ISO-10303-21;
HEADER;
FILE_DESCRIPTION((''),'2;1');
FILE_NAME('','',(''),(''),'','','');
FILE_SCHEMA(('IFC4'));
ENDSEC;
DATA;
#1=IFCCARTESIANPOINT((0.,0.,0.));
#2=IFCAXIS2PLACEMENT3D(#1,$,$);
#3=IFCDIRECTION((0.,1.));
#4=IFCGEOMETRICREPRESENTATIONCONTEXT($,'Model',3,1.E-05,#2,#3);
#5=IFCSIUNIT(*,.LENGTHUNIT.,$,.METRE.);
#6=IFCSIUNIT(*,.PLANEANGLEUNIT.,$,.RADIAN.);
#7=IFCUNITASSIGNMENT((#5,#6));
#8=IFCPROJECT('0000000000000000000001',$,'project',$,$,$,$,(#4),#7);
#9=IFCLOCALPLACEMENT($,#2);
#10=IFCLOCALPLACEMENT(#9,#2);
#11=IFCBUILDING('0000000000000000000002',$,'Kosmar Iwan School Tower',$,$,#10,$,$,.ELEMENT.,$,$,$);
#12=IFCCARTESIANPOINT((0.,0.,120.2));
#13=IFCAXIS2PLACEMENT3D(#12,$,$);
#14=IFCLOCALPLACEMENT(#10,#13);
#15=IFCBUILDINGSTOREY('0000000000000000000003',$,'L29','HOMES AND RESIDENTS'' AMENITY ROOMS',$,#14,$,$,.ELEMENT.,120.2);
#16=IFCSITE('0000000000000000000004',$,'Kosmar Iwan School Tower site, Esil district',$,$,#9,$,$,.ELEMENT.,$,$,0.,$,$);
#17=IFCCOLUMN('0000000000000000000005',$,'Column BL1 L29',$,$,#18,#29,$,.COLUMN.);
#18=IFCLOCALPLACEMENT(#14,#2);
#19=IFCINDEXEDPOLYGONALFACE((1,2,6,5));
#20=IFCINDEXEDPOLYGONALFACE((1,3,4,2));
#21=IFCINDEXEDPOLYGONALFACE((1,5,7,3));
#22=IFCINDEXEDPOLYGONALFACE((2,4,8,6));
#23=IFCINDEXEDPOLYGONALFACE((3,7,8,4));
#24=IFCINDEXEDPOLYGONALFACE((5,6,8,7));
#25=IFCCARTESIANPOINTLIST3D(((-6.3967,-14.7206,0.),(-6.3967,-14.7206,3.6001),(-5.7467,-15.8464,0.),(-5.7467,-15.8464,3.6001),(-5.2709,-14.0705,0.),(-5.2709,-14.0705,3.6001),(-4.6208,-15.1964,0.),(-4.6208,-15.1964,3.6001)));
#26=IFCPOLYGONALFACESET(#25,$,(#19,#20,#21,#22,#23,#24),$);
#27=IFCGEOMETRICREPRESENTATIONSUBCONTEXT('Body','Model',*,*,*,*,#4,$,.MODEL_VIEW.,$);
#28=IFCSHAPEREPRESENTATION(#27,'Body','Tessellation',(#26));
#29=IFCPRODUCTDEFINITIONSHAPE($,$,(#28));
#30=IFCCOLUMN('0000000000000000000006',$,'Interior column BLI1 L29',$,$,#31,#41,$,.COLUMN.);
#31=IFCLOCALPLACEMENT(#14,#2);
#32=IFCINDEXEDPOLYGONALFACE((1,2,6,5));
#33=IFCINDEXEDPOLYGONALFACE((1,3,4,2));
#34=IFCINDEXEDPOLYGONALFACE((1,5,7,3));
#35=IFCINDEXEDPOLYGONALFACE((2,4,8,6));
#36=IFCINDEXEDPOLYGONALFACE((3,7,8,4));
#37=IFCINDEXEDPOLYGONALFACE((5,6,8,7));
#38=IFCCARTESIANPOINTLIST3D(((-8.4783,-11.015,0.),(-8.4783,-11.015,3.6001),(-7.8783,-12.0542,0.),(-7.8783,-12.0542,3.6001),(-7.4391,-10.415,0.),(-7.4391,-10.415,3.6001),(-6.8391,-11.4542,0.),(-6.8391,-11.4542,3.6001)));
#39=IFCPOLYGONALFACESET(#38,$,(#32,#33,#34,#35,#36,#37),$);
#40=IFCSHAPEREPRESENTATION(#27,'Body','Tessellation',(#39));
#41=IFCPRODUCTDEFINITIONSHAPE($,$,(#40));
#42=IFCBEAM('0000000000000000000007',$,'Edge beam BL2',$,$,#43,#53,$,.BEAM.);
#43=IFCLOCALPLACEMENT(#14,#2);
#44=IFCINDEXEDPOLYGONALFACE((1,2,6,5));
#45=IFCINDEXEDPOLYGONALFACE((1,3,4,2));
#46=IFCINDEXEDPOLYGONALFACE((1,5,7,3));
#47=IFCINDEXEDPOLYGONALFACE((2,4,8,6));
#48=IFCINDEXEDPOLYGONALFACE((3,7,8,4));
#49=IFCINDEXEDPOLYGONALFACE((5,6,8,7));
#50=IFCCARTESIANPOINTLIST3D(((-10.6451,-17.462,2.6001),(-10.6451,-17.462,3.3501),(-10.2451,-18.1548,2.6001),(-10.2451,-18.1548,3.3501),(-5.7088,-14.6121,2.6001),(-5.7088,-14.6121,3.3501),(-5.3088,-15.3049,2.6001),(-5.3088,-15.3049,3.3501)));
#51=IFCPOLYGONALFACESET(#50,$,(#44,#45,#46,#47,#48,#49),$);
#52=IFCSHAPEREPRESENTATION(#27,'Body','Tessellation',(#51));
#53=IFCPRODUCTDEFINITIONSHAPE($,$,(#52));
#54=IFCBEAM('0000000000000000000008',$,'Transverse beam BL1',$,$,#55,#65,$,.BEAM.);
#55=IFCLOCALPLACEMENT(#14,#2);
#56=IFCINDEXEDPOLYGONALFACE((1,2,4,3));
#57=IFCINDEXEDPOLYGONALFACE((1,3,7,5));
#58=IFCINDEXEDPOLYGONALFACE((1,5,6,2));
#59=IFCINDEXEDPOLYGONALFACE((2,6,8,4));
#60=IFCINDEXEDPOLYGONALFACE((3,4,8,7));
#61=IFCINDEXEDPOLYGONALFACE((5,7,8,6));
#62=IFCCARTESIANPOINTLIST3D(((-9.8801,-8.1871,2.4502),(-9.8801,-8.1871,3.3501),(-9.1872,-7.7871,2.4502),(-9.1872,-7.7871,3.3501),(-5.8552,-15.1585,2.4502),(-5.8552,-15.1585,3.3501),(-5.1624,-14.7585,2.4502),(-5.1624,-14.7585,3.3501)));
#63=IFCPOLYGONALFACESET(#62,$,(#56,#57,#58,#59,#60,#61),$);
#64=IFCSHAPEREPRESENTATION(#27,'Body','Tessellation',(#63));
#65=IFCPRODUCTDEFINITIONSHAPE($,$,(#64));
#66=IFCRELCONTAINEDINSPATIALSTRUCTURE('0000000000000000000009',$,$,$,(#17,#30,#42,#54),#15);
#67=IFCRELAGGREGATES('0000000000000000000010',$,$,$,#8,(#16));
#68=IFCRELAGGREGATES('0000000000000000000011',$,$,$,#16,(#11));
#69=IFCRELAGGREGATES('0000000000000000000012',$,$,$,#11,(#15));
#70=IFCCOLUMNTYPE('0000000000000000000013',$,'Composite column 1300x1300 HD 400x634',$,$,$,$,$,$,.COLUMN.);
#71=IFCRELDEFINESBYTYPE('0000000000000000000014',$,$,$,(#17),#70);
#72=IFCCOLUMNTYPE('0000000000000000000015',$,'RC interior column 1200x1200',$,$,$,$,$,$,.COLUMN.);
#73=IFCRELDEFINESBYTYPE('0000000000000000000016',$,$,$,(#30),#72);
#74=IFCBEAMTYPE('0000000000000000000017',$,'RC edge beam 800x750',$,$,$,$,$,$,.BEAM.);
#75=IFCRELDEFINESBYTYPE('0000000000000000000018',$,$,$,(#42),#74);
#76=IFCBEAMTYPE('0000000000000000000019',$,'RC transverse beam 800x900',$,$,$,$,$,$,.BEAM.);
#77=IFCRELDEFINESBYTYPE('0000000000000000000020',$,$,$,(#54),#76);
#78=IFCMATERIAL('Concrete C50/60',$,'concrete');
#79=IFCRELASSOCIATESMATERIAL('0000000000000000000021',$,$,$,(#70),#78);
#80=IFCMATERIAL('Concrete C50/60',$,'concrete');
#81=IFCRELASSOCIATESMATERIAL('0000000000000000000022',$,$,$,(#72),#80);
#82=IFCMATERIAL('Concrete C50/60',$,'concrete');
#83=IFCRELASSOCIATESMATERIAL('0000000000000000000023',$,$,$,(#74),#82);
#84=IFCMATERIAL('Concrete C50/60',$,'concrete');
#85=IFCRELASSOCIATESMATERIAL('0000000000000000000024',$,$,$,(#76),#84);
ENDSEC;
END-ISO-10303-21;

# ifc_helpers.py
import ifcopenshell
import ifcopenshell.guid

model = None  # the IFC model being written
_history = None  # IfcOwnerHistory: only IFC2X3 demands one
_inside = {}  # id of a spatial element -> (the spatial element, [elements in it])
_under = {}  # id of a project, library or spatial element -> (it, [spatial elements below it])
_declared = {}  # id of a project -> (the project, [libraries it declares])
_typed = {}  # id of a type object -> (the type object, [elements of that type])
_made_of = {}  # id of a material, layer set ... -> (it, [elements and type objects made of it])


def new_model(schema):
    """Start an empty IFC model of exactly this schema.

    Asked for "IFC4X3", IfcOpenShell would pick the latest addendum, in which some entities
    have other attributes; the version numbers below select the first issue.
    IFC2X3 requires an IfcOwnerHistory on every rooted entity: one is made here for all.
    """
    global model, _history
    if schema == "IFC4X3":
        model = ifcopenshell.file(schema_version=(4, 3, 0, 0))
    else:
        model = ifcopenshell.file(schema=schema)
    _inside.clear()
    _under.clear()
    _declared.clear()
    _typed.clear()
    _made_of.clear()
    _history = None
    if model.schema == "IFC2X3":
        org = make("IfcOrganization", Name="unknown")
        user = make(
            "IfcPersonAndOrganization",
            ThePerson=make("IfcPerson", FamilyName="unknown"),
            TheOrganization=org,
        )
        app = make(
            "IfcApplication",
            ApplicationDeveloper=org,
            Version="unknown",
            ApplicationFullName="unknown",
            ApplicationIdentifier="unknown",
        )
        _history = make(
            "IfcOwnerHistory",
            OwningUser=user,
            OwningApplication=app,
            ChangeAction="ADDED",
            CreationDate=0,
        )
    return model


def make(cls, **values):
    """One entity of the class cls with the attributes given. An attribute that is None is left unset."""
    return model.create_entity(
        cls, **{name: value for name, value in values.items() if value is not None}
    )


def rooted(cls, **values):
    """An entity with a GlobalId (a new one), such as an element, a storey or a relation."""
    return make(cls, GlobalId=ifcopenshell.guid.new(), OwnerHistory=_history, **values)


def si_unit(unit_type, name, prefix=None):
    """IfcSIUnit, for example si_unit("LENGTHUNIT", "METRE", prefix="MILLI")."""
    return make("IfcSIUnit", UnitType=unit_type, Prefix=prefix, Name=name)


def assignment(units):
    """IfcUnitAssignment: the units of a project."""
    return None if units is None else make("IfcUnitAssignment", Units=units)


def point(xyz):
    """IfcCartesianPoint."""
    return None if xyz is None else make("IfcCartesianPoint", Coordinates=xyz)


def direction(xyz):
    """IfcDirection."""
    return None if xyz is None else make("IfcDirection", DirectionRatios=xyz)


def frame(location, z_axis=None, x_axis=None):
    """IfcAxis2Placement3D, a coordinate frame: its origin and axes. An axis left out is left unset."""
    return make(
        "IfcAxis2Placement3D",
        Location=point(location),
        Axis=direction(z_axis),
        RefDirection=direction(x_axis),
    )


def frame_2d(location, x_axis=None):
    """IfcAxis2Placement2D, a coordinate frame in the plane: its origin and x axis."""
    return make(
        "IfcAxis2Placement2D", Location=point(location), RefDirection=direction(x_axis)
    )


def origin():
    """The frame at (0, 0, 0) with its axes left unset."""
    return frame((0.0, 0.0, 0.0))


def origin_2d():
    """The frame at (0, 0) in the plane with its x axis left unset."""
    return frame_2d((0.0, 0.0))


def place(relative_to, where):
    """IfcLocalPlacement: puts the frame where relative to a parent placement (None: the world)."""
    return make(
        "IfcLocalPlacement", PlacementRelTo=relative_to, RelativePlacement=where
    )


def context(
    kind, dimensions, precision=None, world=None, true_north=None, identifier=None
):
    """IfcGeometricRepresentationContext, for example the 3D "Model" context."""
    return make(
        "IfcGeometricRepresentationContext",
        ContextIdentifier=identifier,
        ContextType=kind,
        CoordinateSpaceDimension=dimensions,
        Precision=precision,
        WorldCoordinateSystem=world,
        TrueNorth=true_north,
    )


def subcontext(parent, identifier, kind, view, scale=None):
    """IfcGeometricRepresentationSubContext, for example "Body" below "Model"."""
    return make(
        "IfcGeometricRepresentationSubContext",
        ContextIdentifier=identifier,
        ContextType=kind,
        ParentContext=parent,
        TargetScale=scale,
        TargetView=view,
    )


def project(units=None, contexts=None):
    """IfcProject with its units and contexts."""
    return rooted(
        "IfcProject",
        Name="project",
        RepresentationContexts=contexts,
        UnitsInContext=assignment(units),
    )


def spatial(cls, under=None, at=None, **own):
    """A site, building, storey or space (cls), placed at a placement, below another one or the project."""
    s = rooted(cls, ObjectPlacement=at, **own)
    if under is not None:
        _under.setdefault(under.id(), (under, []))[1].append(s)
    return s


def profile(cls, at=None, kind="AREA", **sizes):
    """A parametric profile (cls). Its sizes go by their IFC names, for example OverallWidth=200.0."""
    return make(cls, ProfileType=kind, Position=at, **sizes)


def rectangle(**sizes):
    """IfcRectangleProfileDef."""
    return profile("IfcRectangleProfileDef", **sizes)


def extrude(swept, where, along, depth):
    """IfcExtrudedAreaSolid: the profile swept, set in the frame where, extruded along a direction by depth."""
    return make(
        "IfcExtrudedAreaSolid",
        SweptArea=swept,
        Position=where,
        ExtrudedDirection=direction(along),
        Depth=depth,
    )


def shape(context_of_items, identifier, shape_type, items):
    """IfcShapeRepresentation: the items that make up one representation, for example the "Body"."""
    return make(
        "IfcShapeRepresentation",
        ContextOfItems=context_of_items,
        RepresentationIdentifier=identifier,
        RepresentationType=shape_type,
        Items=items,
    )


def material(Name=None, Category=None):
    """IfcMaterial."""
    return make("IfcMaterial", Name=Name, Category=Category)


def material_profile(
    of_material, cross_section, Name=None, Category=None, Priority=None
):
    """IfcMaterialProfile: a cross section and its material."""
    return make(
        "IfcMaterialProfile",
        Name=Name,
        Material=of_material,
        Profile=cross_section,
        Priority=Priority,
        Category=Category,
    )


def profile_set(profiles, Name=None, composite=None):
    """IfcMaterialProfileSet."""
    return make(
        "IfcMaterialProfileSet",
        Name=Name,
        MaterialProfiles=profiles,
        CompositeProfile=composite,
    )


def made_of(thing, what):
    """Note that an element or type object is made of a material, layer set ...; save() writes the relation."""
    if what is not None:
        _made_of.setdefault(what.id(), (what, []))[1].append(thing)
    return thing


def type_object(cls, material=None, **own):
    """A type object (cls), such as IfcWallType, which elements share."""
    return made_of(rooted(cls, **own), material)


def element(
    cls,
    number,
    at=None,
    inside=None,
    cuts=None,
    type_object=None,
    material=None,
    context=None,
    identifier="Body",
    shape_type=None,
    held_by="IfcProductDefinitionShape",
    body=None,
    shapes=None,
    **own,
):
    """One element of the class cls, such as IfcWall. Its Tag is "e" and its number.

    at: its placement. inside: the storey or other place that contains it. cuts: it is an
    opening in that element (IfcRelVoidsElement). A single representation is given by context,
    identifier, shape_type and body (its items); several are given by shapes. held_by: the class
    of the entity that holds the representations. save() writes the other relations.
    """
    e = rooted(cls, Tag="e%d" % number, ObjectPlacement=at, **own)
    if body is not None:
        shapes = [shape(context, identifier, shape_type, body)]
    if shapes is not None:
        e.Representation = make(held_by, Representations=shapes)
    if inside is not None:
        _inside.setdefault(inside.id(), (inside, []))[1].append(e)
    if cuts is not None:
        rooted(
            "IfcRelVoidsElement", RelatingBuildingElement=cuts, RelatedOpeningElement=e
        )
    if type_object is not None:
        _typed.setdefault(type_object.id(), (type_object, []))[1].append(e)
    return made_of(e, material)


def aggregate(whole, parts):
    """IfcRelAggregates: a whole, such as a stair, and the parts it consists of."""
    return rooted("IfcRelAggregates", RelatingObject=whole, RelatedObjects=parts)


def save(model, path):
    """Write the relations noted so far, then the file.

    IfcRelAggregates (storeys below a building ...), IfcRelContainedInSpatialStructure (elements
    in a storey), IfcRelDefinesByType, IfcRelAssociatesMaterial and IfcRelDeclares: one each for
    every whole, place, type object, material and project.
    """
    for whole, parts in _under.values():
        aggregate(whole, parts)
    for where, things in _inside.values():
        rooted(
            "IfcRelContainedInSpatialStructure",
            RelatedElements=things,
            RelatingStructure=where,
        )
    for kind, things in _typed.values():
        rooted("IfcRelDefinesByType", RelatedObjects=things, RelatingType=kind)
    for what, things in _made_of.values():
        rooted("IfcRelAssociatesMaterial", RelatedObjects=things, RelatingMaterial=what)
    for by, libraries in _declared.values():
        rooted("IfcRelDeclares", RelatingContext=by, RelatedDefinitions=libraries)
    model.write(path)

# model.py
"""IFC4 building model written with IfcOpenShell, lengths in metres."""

from ifc_helpers import new_model, si_unit, direction, frame, origin, origin_2d, place, context, subcontext, project, spatial, rectangle, extrude, material, material_profile, profile_set, type_object, element, save


model = new_model("IFC4")

# Units and contexts
model_context = context("Model", 3, precision=1e-05, world=origin(), true_north=direction((0.0, 1.0)))
body_context = subcontext(model_context, "Body", "Model", "MODEL_VIEW")
ifc_project = project(units=[si_unit("LENGTHUNIT", "METRE"), si_unit("PLANEANGLEUNIT", "RADIAN")], contexts=[model_context])

# Site, building, storey
site_placement = place(None, origin())
site = spatial("IfcSite", under=ifc_project, at=site_placement, Name="Kosmar Iwan School Tower site, Esil district", CompositionType="ELEMENT", RefElevation=0.0)
building_placement = place(site_placement, origin())
building = spatial("IfcBuilding", under=site, at=building_placement, Name="Kosmar Iwan School Tower", CompositionType="ELEMENT")
storey_placement = place(building_placement, frame((0.0, 0.0, 120.2)))
storey = spatial("IfcBuildingStorey", under=building, at=storey_placement, Name="L29", Description="HOMES AND RESIDENTS' AMENITY ROOMS", CompositionType="ELEMENT", Elevation=120.2)

# Columns
ifc_material_1 = material(Name="Concrete C50/60", Category="concrete")
ifc_material_profile_1 = material_profile(ifc_material_1, rectangle(XDim=1.3, YDim=1.3, at=origin_2d()), Name="RC 1300x1300 + HD 400x634")
ifc_profile_set_1 = profile_set([ifc_material_profile_1], Name="Concrete C50/60")
column_type_1 = type_object("IfcColumnType", Name="Composite column 1300x1300 HD 400x634", PredefinedType="COLUMN", material=ifc_profile_set_1)
column_1_placement = place(storey_placement, frame((-5.5088, -14.9585, 0.0), z_axis=(0.0, 0.0, 1.0), x_axis=(-0.866025, -0.5, 0.0)))
element("IfcColumn", 1, at=column_1_placement, inside=storey, type_object=column_type_1, Name="Column BL1 L29", PredefinedType="COLUMN", context=body_context, shape_type="SweptSolid", body=[
    extrude(rectangle(XDim=1.3, YDim=1.3, at=origin_2d()), origin(), (0.0, 0.0, 1.0), 3.6001),
])
ifc_material_2 = material(Name="Concrete C50/60", Category="concrete")
ifc_material_profile_2 = material_profile(ifc_material_2, rectangle(XDim=1.2, YDim=1.2, at=origin_2d()), Name="RC 1200x1200")
ifc_profile_set_2 = profile_set([ifc_material_profile_2], Name="Concrete C50/60")
column_type_2 = type_object("IfcColumnType", Name="RC interior column 1200x1200", PredefinedType="COLUMN", material=ifc_profile_set_2)
column_2_placement = place(storey_placement, frame((-7.6587, -11.2346, 0.0), z_axis=(0.0, 0.0, 1.0), x_axis=(-0.866025, -0.5, 0.0)))
element("IfcColumn", 2, at=column_2_placement, inside=storey, type_object=column_type_2, Name="Interior column BLI1 L29", PredefinedType="COLUMN", context=body_context, shape_type="SweptSolid", body=[
    extrude(rectangle(XDim=1.2, YDim=1.2, at=origin_2d()), origin(), (0.0, 0.0, 1.0), 3.6001),
])

# Beams
ifc_material_3 = material(Name="Concrete C50/60", Category="concrete")
ifc_material_profile_3 = material_profile(ifc_material_3, rectangle(XDim=0.8, YDim=0.75, at=origin_2d()), Name="RC 800x750")
ifc_profile_set_3 = profile_set([ifc_material_profile_3], Name="Concrete C50/60")
beam_type_1 = type_object("IfcBeamType", Name="RC edge beam 800x750", PredefinedType="BEAM", material=ifc_profile_set_3)
beam_1_placement = place(storey_placement, frame((-5.5088, -14.9585, 2.9751), z_axis=(-0.866034, -0.499986, 0.0), x_axis=(0.499986, -0.866034, 0.0)))
element("IfcBeam", 3, at=beam_1_placement, inside=storey, type_object=beam_type_1, Name="Edge beam BL2", PredefinedType="BEAM", context=body_context, shape_type="SweptSolid", body=[
    extrude(rectangle(XDim=0.8, YDim=0.75, at=origin_2d()), origin(), (0.0, 0.0, 1.0), 5.7),
])
ifc_material_4 = material(Name="Concrete C50/60", Category="concrete")
ifc_material_profile_4 = material_profile(ifc_material_4, rectangle(XDim=0.8, YDim=0.8999, at=origin_2d()), Name="RC 800x900")
ifc_profile_set_4 = profile_set([ifc_material_profile_4], Name="Concrete C50/60")
beam_type_2 = type_object("IfcBeamType", Name="RC transverse beam 800x900", PredefinedType="BEAM", material=ifc_profile_set_4)
beam_2_placement = place(storey_placement, frame((-5.5088, -14.9585, 2.9001), z_axis=(-0.499995, 0.866029, 0.0), x_axis=(-0.866029, -0.499995, 0.0)))
element("IfcBeam", 4, at=beam_2_placement, inside=storey, type_object=beam_type_2, Name="Transverse beam BL1", PredefinedType="BEAM", context=body_context, shape_type="SweptSolid", body=[
    extrude(rectangle(XDim=0.8, YDim=0.8999, at=origin_2d()), origin(), (0.0, 0.0, 1.0), 8.0498),
])

save(model, "model.ifc")
